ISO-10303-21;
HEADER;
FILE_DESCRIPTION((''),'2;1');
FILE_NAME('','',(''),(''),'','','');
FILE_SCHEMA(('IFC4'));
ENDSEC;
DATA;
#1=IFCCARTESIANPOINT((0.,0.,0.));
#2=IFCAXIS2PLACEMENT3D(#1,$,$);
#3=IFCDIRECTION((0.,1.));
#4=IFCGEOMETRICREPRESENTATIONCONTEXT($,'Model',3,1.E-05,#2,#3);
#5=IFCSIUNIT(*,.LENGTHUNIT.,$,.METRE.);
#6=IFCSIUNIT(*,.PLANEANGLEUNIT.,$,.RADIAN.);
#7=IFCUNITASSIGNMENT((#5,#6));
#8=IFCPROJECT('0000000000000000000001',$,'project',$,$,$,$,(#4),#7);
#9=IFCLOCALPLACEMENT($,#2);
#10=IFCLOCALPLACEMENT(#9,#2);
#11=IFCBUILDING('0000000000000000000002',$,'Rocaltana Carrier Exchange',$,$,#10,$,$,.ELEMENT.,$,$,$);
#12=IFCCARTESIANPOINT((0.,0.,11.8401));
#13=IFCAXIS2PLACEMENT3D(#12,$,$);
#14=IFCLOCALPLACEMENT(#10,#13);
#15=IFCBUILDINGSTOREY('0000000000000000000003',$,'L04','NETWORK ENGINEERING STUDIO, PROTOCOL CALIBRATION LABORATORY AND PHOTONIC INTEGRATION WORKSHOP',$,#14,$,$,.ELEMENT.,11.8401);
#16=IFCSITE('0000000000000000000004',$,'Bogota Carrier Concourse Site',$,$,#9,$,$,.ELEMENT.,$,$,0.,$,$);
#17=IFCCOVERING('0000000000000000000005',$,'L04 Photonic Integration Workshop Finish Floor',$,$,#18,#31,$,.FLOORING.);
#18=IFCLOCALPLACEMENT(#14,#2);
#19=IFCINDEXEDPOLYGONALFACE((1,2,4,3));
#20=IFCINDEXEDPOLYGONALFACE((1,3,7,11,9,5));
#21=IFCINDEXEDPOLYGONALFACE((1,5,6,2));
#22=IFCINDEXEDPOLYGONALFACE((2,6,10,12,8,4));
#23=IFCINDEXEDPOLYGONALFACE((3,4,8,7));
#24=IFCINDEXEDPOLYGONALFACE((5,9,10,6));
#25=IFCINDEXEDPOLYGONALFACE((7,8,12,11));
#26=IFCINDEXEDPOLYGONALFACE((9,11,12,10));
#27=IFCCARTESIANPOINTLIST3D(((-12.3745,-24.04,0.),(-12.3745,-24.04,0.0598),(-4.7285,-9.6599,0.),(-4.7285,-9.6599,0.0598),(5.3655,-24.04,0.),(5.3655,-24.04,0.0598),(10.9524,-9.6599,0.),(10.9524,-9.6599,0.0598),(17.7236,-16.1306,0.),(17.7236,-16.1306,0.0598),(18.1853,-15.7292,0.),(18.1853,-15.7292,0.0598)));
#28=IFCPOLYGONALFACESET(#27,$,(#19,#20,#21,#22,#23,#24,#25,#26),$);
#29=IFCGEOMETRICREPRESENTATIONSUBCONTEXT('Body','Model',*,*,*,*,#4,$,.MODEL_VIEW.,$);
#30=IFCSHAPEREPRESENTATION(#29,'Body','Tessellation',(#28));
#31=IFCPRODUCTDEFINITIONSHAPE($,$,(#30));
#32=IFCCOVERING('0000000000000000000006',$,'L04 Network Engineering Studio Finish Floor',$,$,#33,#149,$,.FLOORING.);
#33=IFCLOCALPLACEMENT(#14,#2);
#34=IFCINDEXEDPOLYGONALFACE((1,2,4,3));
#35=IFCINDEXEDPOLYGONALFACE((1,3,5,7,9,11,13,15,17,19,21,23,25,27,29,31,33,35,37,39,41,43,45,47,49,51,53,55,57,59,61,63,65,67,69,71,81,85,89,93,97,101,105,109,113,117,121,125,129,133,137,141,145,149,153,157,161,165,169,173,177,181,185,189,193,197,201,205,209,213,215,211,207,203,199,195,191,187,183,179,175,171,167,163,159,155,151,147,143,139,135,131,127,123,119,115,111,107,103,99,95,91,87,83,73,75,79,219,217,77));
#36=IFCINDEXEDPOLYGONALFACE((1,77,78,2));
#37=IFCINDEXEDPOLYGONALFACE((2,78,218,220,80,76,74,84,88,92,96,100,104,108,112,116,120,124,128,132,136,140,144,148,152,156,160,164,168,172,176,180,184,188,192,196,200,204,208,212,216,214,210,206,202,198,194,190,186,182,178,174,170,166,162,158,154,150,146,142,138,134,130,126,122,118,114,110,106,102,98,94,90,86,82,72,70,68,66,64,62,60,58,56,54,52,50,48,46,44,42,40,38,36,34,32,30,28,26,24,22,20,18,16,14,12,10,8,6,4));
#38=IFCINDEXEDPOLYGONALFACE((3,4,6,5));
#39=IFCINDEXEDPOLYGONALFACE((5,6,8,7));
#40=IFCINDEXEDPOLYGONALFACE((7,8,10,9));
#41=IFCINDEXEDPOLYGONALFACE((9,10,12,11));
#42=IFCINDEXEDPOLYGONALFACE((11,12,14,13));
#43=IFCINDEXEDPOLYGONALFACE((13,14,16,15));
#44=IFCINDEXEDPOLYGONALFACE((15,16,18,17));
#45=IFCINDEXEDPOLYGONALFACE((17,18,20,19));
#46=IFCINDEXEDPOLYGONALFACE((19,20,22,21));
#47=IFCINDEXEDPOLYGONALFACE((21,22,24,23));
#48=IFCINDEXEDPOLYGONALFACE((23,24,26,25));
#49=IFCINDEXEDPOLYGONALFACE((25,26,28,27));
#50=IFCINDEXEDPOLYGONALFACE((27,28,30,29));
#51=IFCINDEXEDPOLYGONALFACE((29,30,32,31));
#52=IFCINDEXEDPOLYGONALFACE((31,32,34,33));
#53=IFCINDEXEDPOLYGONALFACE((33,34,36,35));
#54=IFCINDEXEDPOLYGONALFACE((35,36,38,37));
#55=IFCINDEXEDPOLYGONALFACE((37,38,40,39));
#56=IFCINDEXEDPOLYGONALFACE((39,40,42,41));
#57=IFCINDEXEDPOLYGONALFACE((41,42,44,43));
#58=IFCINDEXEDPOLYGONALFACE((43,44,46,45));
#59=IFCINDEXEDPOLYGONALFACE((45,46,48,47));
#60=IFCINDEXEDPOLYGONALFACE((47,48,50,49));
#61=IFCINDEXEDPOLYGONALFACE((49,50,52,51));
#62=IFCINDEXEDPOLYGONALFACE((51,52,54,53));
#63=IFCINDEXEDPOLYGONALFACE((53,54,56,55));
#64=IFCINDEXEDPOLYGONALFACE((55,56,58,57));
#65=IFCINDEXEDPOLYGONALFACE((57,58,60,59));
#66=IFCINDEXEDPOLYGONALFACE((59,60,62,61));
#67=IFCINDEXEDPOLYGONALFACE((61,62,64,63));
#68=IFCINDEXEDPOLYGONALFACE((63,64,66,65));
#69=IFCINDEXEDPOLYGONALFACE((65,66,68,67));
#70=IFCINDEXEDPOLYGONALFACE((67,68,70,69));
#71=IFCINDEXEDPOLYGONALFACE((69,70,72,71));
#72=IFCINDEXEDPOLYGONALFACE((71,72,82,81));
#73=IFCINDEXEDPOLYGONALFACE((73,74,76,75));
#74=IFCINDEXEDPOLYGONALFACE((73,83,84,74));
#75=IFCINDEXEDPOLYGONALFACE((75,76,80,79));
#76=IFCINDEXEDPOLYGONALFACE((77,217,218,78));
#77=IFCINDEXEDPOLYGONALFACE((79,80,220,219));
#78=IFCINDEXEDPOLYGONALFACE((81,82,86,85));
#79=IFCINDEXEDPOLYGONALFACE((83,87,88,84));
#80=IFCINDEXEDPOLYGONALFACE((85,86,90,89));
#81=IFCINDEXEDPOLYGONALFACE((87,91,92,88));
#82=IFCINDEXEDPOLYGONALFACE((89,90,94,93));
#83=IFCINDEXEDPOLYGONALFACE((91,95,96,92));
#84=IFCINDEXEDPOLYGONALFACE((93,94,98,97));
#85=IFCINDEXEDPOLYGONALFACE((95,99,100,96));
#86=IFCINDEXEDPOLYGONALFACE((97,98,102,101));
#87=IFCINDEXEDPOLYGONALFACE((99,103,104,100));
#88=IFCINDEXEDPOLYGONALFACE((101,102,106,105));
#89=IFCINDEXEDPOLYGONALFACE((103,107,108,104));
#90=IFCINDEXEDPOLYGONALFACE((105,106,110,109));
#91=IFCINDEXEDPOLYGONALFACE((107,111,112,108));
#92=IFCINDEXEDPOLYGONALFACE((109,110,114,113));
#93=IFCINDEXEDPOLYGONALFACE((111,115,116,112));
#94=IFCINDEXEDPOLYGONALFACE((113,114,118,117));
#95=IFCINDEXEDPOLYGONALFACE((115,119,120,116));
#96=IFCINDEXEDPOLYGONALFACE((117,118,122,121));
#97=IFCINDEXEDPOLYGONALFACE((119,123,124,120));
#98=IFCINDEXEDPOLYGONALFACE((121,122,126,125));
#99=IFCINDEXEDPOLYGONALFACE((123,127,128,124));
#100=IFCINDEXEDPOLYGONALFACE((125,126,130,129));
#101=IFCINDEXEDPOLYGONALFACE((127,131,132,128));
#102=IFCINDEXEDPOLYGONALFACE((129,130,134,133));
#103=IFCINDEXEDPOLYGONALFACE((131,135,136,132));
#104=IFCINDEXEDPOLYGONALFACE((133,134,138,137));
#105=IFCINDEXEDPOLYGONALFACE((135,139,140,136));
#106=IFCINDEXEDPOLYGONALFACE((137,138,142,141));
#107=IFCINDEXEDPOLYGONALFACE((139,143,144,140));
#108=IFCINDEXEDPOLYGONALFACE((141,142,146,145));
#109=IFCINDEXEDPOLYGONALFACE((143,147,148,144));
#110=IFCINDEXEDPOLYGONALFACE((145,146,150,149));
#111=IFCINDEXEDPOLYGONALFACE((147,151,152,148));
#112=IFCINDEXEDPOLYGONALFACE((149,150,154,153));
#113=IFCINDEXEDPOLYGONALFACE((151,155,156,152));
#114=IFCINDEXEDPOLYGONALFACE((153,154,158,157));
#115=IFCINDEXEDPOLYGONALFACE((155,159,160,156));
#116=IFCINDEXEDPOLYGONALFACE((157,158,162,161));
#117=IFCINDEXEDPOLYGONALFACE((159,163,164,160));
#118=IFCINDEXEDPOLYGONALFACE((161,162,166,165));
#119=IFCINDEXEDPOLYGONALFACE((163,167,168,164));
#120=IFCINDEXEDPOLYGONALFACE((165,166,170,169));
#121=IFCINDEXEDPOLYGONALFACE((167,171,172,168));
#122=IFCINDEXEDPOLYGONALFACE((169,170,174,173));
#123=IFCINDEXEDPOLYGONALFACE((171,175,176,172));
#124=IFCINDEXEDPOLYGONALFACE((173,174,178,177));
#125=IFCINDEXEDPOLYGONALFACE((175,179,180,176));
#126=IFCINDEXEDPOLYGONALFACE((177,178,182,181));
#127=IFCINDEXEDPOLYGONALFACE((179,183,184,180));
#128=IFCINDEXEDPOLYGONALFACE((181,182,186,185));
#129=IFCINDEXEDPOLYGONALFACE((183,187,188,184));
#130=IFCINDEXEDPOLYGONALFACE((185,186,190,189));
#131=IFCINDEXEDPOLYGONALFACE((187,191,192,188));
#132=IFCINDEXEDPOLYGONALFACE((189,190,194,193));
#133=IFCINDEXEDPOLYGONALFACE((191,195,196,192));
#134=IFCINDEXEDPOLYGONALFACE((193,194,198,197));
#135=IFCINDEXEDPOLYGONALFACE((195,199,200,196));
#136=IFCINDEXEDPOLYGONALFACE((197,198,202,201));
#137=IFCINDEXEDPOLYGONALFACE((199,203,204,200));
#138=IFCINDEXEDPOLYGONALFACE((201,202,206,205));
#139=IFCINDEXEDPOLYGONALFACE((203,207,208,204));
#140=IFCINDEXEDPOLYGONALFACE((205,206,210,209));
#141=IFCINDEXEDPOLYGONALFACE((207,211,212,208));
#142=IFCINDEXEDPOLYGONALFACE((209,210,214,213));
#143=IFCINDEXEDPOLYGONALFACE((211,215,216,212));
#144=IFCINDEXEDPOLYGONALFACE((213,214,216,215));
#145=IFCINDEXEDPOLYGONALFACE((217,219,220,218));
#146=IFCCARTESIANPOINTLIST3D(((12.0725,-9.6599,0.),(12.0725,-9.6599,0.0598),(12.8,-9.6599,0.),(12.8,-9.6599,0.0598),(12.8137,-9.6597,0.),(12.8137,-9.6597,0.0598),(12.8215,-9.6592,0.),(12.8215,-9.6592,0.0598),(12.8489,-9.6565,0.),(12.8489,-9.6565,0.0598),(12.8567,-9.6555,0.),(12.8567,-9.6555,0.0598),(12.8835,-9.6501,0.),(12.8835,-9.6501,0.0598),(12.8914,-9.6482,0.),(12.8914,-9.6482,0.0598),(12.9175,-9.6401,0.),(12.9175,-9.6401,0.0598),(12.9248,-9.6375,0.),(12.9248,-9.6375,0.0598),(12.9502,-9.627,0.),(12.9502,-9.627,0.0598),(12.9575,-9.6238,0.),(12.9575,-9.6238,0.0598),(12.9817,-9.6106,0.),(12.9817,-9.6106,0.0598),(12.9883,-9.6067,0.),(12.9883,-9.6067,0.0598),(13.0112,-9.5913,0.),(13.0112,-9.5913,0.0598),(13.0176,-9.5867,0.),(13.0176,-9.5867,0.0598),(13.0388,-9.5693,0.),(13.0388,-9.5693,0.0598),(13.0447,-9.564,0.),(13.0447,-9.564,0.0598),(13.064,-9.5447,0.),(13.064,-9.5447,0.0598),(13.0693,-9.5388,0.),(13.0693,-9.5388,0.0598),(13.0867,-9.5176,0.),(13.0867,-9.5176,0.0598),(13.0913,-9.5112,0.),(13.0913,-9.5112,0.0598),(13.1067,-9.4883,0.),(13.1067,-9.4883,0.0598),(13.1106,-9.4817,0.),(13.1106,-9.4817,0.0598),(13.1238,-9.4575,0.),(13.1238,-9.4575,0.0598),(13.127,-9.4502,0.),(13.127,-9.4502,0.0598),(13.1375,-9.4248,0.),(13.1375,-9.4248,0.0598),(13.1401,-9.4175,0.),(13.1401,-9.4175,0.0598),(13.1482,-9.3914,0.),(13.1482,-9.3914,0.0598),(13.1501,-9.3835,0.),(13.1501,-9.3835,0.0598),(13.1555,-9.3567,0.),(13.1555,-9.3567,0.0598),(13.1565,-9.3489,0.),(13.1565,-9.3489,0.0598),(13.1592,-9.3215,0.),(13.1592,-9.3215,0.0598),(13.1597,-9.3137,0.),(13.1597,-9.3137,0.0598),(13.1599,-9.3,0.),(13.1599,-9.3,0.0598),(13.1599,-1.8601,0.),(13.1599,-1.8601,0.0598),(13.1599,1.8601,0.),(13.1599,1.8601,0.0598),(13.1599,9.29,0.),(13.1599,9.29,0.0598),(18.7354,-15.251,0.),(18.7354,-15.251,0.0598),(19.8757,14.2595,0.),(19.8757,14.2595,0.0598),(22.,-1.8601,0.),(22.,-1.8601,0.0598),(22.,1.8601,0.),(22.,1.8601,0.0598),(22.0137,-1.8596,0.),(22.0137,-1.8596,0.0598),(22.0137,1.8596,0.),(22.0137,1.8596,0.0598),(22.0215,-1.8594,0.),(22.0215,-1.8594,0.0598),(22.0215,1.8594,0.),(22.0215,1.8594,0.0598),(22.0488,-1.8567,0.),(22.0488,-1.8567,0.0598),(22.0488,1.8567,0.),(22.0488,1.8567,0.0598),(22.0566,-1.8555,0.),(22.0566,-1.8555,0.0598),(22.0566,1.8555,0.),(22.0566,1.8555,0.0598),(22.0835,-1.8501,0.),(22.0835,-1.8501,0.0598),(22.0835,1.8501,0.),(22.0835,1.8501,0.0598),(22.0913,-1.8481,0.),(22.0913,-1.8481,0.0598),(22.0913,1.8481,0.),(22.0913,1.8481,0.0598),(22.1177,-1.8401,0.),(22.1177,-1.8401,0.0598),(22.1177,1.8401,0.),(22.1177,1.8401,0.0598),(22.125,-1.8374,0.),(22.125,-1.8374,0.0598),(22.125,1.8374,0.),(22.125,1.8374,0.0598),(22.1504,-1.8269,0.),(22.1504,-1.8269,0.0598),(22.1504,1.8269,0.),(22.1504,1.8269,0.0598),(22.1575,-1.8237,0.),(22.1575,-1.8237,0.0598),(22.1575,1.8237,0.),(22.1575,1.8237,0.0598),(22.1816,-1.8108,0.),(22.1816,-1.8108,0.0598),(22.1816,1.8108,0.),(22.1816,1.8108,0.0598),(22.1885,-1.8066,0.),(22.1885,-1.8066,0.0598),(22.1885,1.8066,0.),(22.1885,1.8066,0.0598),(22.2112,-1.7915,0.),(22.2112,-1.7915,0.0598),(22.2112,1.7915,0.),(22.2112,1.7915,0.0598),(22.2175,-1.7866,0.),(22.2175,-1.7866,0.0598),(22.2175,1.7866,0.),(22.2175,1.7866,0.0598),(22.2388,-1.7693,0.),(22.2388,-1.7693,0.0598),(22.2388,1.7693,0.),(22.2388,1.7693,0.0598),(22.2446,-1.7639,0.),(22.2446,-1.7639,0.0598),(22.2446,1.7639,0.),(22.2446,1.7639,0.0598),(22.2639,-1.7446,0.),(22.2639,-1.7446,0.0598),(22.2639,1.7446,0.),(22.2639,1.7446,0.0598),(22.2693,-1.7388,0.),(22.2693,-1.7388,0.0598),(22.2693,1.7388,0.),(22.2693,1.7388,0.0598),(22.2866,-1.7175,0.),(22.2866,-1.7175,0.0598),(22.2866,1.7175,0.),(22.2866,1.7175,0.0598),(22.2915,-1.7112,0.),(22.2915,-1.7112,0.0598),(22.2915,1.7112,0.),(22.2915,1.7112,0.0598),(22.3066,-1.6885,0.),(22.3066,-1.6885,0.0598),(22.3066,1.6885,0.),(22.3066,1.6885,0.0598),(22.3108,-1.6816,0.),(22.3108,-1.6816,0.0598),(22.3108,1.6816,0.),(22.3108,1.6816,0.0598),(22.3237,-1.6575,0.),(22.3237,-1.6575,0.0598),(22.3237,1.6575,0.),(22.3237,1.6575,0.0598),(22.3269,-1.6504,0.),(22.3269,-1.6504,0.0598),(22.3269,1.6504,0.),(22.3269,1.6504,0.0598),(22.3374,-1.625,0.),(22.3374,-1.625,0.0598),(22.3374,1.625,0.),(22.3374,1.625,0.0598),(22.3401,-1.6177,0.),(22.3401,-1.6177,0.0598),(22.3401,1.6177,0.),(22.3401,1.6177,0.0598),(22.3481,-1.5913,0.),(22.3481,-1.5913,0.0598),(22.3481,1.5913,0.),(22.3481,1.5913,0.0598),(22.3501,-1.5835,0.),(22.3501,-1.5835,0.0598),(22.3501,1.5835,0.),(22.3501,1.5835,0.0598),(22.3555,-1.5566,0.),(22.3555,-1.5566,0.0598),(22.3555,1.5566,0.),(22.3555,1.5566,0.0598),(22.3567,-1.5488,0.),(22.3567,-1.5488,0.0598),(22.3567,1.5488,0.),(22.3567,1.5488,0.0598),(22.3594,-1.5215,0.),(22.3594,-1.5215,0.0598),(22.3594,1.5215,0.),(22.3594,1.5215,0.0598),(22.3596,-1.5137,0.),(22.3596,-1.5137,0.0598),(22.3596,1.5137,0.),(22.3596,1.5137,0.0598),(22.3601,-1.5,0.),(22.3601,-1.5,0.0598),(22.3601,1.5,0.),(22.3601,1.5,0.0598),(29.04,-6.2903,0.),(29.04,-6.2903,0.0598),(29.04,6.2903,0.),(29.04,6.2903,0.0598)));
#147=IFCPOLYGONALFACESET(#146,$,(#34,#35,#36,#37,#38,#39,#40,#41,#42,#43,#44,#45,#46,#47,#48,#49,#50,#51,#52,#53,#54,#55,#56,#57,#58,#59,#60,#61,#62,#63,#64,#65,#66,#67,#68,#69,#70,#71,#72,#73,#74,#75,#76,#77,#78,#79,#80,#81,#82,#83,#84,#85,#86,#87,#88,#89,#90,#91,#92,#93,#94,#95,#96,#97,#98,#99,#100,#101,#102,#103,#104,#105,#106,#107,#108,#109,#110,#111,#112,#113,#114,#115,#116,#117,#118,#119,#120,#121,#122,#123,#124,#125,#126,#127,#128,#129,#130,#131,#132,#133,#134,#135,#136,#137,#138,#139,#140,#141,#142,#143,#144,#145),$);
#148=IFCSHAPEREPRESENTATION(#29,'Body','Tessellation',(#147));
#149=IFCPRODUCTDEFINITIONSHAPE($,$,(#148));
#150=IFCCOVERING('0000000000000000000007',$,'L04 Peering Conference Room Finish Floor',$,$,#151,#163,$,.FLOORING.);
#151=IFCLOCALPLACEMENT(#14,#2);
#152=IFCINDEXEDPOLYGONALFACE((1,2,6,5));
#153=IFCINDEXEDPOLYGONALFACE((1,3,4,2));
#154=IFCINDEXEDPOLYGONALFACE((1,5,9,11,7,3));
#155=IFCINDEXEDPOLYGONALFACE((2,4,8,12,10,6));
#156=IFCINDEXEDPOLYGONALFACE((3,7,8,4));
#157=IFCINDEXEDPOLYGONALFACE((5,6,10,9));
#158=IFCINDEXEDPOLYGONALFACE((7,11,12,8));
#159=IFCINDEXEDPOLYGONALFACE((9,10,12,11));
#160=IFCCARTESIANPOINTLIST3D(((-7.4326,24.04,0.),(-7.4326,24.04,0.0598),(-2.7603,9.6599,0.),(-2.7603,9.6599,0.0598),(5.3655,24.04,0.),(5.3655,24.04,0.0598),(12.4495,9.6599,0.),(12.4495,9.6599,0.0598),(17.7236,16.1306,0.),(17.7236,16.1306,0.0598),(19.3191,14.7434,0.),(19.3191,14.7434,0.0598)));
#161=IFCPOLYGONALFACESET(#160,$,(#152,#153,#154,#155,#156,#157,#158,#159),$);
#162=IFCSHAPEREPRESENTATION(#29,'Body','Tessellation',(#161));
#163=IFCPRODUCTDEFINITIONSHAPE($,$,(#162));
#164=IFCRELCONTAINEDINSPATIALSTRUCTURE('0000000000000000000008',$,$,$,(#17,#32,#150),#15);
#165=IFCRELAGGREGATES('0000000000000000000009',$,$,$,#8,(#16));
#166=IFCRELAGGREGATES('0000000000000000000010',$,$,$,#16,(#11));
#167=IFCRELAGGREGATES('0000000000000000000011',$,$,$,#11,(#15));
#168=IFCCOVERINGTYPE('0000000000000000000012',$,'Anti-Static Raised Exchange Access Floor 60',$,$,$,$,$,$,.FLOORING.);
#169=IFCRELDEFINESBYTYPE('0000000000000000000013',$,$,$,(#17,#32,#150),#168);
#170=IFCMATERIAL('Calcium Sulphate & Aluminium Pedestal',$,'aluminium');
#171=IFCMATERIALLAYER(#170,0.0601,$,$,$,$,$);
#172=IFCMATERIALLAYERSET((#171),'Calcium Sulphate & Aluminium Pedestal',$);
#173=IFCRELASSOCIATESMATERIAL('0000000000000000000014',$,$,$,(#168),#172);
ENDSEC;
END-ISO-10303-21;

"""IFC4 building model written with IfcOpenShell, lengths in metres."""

from ifc_helpers import new_model, si_unit, direction, frame, origin, place, context, subcontext, project, spatial, polyline, outline, extrude, material, layer, layer_set, type_object, element, save


model = new_model("IFC4")

# Units and contexts
model_context = context("Model", 3, precision=1e-05, world=origin(), true_north=direction((0.0, 1.0)))
body_context = subcontext(model_context, "Body", "Model", "MODEL_VIEW")
ifc_project = project(units=[si_unit("LENGTHUNIT", "METRE"), si_unit("PLANEANGLEUNIT", "RADIAN")], contexts=[model_context])

# Site, building, storey
site_placement = place(None, origin())
site = spatial("IfcSite", under=ifc_project, at=site_placement, Name="Bogota Carrier Concourse Site", CompositionType="ELEMENT", RefElevation=0.0)
building_placement = place(site_placement, origin())
building = spatial("IfcBuilding", under=site, at=building_placement, Name="Rocaltana Carrier Exchange", CompositionType="ELEMENT")
storey_placement = place(building_placement, frame((0.0, 0.0, 11.8401)))
storey = spatial("IfcBuildingStorey", under=building, at=storey_placement, Name="L04", Description="NETWORK ENGINEERING STUDIO, PROTOCOL CALIBRATION LABORATORY AND PHOTONIC INTEGRATION WORKSHOP", CompositionType="ELEMENT", Elevation=11.8401)

# Coverings
ifc_material_1 = material(Name="Calcium Sulphate & Aluminium Pedestal", Category="aluminium")
ifc_layer_1 = layer(ifc_material_1, 0.0601)
ifc_layer_set_1 = layer_set([ifc_layer_1], Name="Calcium Sulphate & Aluminium Pedestal")
covering_type_1 = type_object("IfcCoveringType", Name="Anti-Static Raised Exchange Access Floor 60", PredefinedType="FLOORING", material=ifc_layer_set_1)
covering_1_placement = place(storey_placement, origin())
element("IfcCovering", 1, at=covering_1_placement, inside=storey, type_object=covering_type_1, Name="L04 Photonic Integration Workshop Finish Floor", PredefinedType="FLOORING", context=body_context, shape_type="SweptSolid", body=[
    extrude(outline(polyline([(17.7236, -16.1306), (5.3655, -24.04), (-12.3745, -24.04), (-4.7285, -9.6599), (10.9524, -9.6599), (18.1853, -15.7292), (17.7236, -16.1306)])), origin(), (0.0, 0.0, 1.0), 0.0598),
])
covering_2_placement = place(storey_placement, origin())
element("IfcCovering", 2, at=covering_2_placement, inside=storey, type_object=covering_type_1, Name="L04 Network Engineering Studio Finish Floor", PredefinedType="FLOORING", context=body_context, shape_type="SweptSolid", body=[
    extrude(outline(polyline([(13.1599, 9.29), (19.8757, 14.2595), (29.04, 6.2903), (29.04, -6.2903), (18.7354, -15.251), (12.0725, -9.6599), (12.8, -9.6599), (12.8137, -9.6597), (12.8215, -9.6592), (12.8489, -9.6565), (12.8567, -9.6555), (12.8835, -9.6501), (12.8914, -9.6482), (12.9175, -9.6401), (12.9248, -9.6375), (12.9502, -9.627), (12.9575, -9.6238), (12.9817, -9.6106), (12.9883, -9.6067), (13.0112, -9.5913), (13.0176, -9.5867), (13.0388, -9.5693), (13.0447, -9.564), (13.064, -9.5447), (13.0693, -9.5388), (13.0867, -9.5176), (13.0913, -9.5112), (13.1067, -9.4883), (13.1106, -9.4817), (13.1238, -9.4575), (13.127, -9.4502), (13.1375, -9.4248), (13.1401, -9.4175), (13.1482, -9.3914), (13.1501, -9.3835), (13.1555, -9.3567), (13.1565, -9.3489), (13.1592, -9.3215), (13.1597, -9.3137), (13.1599, -9.3), (13.1599, -1.8601), (22.0, -1.8601), (22.0137, -1.8596), (22.0215, -1.8594), (22.0488, -1.8567), (22.0566, -1.8555), (22.0835, -1.8501), (22.0913, -1.8481), (22.1177, -1.8401), (22.125, -1.8374), (22.1504, -1.8269), (22.1575, -1.8237), (22.1816, -1.8108), (22.1885, -1.8066), (22.2112, -1.7915), (22.2175, -1.7866), (22.2388, -1.7693), (22.2446, -1.7639), (22.2639, -1.7446), (22.2693, -1.7388), (22.2866, -1.7175), (22.2915, -1.7112), (22.3066, -1.6885), (22.3108, -1.6816), (22.3237, -1.6575), (22.3269, -1.6504), (22.3374, -1.625), (22.3401, -1.6177), (22.3481, -1.5913), (22.3501, -1.5835), (22.3555, -1.5566), (22.3567, -1.5488), (22.3594, -1.5215), (22.3596, -1.5137), (22.3601, -1.5), (22.3601, 1.5), (22.3596, 1.5137), (22.3594, 1.5215), (22.3567, 1.5488), (22.3555, 1.5566), (22.3501, 1.5835), (22.3481, 1.5913), (22.3401, 1.6177), (22.3374, 1.625), (22.3269, 1.6504), (22.3237, 1.6575), (22.3108, 1.6816), (22.3066, 1.6885), (22.2915, 1.7112), (22.2866, 1.7175), (22.2693, 1.7388), (22.2639, 1.7446), (22.2446, 1.7639), (22.2388, 1.7693), (22.2175, 1.7866), (22.2112, 1.7915), (22.1885, 1.8066), (22.1816, 1.8108), (22.1575, 1.8237), (22.1504, 1.8269), (22.125, 1.8374), (22.1177, 1.8401), (22.0913, 1.8481), (22.0835, 1.8501), (22.0566, 1.8555), (22.0488, 1.8567), (22.0215, 1.8594), (22.0137, 1.8596), (22.0, 1.8601), (13.1599, 1.8601), (13.1599, 9.29)])), origin(), (0.0, 0.0, 1.0), 0.0598),
])
covering_3_placement = place(storey_placement, origin())
element("IfcCovering", 3, at=covering_3_placement, inside=storey, type_object=covering_type_1, Name="L04 Peering Conference Room Finish Floor", PredefinedType="FLOORING", context=body_context, shape_type="SweptSolid", body=[
    extrude(outline(polyline([(5.3655, 24.04), (17.7236, 16.1306), (19.3191, 14.7434), (12.4495, 9.6599), (-2.7603, 9.6599), (-7.4326, 24.04), (5.3655, 24.04)])), origin(), (0.0, 0.0, 1.0), 0.0598),
])

save(model, "model.ifc")
